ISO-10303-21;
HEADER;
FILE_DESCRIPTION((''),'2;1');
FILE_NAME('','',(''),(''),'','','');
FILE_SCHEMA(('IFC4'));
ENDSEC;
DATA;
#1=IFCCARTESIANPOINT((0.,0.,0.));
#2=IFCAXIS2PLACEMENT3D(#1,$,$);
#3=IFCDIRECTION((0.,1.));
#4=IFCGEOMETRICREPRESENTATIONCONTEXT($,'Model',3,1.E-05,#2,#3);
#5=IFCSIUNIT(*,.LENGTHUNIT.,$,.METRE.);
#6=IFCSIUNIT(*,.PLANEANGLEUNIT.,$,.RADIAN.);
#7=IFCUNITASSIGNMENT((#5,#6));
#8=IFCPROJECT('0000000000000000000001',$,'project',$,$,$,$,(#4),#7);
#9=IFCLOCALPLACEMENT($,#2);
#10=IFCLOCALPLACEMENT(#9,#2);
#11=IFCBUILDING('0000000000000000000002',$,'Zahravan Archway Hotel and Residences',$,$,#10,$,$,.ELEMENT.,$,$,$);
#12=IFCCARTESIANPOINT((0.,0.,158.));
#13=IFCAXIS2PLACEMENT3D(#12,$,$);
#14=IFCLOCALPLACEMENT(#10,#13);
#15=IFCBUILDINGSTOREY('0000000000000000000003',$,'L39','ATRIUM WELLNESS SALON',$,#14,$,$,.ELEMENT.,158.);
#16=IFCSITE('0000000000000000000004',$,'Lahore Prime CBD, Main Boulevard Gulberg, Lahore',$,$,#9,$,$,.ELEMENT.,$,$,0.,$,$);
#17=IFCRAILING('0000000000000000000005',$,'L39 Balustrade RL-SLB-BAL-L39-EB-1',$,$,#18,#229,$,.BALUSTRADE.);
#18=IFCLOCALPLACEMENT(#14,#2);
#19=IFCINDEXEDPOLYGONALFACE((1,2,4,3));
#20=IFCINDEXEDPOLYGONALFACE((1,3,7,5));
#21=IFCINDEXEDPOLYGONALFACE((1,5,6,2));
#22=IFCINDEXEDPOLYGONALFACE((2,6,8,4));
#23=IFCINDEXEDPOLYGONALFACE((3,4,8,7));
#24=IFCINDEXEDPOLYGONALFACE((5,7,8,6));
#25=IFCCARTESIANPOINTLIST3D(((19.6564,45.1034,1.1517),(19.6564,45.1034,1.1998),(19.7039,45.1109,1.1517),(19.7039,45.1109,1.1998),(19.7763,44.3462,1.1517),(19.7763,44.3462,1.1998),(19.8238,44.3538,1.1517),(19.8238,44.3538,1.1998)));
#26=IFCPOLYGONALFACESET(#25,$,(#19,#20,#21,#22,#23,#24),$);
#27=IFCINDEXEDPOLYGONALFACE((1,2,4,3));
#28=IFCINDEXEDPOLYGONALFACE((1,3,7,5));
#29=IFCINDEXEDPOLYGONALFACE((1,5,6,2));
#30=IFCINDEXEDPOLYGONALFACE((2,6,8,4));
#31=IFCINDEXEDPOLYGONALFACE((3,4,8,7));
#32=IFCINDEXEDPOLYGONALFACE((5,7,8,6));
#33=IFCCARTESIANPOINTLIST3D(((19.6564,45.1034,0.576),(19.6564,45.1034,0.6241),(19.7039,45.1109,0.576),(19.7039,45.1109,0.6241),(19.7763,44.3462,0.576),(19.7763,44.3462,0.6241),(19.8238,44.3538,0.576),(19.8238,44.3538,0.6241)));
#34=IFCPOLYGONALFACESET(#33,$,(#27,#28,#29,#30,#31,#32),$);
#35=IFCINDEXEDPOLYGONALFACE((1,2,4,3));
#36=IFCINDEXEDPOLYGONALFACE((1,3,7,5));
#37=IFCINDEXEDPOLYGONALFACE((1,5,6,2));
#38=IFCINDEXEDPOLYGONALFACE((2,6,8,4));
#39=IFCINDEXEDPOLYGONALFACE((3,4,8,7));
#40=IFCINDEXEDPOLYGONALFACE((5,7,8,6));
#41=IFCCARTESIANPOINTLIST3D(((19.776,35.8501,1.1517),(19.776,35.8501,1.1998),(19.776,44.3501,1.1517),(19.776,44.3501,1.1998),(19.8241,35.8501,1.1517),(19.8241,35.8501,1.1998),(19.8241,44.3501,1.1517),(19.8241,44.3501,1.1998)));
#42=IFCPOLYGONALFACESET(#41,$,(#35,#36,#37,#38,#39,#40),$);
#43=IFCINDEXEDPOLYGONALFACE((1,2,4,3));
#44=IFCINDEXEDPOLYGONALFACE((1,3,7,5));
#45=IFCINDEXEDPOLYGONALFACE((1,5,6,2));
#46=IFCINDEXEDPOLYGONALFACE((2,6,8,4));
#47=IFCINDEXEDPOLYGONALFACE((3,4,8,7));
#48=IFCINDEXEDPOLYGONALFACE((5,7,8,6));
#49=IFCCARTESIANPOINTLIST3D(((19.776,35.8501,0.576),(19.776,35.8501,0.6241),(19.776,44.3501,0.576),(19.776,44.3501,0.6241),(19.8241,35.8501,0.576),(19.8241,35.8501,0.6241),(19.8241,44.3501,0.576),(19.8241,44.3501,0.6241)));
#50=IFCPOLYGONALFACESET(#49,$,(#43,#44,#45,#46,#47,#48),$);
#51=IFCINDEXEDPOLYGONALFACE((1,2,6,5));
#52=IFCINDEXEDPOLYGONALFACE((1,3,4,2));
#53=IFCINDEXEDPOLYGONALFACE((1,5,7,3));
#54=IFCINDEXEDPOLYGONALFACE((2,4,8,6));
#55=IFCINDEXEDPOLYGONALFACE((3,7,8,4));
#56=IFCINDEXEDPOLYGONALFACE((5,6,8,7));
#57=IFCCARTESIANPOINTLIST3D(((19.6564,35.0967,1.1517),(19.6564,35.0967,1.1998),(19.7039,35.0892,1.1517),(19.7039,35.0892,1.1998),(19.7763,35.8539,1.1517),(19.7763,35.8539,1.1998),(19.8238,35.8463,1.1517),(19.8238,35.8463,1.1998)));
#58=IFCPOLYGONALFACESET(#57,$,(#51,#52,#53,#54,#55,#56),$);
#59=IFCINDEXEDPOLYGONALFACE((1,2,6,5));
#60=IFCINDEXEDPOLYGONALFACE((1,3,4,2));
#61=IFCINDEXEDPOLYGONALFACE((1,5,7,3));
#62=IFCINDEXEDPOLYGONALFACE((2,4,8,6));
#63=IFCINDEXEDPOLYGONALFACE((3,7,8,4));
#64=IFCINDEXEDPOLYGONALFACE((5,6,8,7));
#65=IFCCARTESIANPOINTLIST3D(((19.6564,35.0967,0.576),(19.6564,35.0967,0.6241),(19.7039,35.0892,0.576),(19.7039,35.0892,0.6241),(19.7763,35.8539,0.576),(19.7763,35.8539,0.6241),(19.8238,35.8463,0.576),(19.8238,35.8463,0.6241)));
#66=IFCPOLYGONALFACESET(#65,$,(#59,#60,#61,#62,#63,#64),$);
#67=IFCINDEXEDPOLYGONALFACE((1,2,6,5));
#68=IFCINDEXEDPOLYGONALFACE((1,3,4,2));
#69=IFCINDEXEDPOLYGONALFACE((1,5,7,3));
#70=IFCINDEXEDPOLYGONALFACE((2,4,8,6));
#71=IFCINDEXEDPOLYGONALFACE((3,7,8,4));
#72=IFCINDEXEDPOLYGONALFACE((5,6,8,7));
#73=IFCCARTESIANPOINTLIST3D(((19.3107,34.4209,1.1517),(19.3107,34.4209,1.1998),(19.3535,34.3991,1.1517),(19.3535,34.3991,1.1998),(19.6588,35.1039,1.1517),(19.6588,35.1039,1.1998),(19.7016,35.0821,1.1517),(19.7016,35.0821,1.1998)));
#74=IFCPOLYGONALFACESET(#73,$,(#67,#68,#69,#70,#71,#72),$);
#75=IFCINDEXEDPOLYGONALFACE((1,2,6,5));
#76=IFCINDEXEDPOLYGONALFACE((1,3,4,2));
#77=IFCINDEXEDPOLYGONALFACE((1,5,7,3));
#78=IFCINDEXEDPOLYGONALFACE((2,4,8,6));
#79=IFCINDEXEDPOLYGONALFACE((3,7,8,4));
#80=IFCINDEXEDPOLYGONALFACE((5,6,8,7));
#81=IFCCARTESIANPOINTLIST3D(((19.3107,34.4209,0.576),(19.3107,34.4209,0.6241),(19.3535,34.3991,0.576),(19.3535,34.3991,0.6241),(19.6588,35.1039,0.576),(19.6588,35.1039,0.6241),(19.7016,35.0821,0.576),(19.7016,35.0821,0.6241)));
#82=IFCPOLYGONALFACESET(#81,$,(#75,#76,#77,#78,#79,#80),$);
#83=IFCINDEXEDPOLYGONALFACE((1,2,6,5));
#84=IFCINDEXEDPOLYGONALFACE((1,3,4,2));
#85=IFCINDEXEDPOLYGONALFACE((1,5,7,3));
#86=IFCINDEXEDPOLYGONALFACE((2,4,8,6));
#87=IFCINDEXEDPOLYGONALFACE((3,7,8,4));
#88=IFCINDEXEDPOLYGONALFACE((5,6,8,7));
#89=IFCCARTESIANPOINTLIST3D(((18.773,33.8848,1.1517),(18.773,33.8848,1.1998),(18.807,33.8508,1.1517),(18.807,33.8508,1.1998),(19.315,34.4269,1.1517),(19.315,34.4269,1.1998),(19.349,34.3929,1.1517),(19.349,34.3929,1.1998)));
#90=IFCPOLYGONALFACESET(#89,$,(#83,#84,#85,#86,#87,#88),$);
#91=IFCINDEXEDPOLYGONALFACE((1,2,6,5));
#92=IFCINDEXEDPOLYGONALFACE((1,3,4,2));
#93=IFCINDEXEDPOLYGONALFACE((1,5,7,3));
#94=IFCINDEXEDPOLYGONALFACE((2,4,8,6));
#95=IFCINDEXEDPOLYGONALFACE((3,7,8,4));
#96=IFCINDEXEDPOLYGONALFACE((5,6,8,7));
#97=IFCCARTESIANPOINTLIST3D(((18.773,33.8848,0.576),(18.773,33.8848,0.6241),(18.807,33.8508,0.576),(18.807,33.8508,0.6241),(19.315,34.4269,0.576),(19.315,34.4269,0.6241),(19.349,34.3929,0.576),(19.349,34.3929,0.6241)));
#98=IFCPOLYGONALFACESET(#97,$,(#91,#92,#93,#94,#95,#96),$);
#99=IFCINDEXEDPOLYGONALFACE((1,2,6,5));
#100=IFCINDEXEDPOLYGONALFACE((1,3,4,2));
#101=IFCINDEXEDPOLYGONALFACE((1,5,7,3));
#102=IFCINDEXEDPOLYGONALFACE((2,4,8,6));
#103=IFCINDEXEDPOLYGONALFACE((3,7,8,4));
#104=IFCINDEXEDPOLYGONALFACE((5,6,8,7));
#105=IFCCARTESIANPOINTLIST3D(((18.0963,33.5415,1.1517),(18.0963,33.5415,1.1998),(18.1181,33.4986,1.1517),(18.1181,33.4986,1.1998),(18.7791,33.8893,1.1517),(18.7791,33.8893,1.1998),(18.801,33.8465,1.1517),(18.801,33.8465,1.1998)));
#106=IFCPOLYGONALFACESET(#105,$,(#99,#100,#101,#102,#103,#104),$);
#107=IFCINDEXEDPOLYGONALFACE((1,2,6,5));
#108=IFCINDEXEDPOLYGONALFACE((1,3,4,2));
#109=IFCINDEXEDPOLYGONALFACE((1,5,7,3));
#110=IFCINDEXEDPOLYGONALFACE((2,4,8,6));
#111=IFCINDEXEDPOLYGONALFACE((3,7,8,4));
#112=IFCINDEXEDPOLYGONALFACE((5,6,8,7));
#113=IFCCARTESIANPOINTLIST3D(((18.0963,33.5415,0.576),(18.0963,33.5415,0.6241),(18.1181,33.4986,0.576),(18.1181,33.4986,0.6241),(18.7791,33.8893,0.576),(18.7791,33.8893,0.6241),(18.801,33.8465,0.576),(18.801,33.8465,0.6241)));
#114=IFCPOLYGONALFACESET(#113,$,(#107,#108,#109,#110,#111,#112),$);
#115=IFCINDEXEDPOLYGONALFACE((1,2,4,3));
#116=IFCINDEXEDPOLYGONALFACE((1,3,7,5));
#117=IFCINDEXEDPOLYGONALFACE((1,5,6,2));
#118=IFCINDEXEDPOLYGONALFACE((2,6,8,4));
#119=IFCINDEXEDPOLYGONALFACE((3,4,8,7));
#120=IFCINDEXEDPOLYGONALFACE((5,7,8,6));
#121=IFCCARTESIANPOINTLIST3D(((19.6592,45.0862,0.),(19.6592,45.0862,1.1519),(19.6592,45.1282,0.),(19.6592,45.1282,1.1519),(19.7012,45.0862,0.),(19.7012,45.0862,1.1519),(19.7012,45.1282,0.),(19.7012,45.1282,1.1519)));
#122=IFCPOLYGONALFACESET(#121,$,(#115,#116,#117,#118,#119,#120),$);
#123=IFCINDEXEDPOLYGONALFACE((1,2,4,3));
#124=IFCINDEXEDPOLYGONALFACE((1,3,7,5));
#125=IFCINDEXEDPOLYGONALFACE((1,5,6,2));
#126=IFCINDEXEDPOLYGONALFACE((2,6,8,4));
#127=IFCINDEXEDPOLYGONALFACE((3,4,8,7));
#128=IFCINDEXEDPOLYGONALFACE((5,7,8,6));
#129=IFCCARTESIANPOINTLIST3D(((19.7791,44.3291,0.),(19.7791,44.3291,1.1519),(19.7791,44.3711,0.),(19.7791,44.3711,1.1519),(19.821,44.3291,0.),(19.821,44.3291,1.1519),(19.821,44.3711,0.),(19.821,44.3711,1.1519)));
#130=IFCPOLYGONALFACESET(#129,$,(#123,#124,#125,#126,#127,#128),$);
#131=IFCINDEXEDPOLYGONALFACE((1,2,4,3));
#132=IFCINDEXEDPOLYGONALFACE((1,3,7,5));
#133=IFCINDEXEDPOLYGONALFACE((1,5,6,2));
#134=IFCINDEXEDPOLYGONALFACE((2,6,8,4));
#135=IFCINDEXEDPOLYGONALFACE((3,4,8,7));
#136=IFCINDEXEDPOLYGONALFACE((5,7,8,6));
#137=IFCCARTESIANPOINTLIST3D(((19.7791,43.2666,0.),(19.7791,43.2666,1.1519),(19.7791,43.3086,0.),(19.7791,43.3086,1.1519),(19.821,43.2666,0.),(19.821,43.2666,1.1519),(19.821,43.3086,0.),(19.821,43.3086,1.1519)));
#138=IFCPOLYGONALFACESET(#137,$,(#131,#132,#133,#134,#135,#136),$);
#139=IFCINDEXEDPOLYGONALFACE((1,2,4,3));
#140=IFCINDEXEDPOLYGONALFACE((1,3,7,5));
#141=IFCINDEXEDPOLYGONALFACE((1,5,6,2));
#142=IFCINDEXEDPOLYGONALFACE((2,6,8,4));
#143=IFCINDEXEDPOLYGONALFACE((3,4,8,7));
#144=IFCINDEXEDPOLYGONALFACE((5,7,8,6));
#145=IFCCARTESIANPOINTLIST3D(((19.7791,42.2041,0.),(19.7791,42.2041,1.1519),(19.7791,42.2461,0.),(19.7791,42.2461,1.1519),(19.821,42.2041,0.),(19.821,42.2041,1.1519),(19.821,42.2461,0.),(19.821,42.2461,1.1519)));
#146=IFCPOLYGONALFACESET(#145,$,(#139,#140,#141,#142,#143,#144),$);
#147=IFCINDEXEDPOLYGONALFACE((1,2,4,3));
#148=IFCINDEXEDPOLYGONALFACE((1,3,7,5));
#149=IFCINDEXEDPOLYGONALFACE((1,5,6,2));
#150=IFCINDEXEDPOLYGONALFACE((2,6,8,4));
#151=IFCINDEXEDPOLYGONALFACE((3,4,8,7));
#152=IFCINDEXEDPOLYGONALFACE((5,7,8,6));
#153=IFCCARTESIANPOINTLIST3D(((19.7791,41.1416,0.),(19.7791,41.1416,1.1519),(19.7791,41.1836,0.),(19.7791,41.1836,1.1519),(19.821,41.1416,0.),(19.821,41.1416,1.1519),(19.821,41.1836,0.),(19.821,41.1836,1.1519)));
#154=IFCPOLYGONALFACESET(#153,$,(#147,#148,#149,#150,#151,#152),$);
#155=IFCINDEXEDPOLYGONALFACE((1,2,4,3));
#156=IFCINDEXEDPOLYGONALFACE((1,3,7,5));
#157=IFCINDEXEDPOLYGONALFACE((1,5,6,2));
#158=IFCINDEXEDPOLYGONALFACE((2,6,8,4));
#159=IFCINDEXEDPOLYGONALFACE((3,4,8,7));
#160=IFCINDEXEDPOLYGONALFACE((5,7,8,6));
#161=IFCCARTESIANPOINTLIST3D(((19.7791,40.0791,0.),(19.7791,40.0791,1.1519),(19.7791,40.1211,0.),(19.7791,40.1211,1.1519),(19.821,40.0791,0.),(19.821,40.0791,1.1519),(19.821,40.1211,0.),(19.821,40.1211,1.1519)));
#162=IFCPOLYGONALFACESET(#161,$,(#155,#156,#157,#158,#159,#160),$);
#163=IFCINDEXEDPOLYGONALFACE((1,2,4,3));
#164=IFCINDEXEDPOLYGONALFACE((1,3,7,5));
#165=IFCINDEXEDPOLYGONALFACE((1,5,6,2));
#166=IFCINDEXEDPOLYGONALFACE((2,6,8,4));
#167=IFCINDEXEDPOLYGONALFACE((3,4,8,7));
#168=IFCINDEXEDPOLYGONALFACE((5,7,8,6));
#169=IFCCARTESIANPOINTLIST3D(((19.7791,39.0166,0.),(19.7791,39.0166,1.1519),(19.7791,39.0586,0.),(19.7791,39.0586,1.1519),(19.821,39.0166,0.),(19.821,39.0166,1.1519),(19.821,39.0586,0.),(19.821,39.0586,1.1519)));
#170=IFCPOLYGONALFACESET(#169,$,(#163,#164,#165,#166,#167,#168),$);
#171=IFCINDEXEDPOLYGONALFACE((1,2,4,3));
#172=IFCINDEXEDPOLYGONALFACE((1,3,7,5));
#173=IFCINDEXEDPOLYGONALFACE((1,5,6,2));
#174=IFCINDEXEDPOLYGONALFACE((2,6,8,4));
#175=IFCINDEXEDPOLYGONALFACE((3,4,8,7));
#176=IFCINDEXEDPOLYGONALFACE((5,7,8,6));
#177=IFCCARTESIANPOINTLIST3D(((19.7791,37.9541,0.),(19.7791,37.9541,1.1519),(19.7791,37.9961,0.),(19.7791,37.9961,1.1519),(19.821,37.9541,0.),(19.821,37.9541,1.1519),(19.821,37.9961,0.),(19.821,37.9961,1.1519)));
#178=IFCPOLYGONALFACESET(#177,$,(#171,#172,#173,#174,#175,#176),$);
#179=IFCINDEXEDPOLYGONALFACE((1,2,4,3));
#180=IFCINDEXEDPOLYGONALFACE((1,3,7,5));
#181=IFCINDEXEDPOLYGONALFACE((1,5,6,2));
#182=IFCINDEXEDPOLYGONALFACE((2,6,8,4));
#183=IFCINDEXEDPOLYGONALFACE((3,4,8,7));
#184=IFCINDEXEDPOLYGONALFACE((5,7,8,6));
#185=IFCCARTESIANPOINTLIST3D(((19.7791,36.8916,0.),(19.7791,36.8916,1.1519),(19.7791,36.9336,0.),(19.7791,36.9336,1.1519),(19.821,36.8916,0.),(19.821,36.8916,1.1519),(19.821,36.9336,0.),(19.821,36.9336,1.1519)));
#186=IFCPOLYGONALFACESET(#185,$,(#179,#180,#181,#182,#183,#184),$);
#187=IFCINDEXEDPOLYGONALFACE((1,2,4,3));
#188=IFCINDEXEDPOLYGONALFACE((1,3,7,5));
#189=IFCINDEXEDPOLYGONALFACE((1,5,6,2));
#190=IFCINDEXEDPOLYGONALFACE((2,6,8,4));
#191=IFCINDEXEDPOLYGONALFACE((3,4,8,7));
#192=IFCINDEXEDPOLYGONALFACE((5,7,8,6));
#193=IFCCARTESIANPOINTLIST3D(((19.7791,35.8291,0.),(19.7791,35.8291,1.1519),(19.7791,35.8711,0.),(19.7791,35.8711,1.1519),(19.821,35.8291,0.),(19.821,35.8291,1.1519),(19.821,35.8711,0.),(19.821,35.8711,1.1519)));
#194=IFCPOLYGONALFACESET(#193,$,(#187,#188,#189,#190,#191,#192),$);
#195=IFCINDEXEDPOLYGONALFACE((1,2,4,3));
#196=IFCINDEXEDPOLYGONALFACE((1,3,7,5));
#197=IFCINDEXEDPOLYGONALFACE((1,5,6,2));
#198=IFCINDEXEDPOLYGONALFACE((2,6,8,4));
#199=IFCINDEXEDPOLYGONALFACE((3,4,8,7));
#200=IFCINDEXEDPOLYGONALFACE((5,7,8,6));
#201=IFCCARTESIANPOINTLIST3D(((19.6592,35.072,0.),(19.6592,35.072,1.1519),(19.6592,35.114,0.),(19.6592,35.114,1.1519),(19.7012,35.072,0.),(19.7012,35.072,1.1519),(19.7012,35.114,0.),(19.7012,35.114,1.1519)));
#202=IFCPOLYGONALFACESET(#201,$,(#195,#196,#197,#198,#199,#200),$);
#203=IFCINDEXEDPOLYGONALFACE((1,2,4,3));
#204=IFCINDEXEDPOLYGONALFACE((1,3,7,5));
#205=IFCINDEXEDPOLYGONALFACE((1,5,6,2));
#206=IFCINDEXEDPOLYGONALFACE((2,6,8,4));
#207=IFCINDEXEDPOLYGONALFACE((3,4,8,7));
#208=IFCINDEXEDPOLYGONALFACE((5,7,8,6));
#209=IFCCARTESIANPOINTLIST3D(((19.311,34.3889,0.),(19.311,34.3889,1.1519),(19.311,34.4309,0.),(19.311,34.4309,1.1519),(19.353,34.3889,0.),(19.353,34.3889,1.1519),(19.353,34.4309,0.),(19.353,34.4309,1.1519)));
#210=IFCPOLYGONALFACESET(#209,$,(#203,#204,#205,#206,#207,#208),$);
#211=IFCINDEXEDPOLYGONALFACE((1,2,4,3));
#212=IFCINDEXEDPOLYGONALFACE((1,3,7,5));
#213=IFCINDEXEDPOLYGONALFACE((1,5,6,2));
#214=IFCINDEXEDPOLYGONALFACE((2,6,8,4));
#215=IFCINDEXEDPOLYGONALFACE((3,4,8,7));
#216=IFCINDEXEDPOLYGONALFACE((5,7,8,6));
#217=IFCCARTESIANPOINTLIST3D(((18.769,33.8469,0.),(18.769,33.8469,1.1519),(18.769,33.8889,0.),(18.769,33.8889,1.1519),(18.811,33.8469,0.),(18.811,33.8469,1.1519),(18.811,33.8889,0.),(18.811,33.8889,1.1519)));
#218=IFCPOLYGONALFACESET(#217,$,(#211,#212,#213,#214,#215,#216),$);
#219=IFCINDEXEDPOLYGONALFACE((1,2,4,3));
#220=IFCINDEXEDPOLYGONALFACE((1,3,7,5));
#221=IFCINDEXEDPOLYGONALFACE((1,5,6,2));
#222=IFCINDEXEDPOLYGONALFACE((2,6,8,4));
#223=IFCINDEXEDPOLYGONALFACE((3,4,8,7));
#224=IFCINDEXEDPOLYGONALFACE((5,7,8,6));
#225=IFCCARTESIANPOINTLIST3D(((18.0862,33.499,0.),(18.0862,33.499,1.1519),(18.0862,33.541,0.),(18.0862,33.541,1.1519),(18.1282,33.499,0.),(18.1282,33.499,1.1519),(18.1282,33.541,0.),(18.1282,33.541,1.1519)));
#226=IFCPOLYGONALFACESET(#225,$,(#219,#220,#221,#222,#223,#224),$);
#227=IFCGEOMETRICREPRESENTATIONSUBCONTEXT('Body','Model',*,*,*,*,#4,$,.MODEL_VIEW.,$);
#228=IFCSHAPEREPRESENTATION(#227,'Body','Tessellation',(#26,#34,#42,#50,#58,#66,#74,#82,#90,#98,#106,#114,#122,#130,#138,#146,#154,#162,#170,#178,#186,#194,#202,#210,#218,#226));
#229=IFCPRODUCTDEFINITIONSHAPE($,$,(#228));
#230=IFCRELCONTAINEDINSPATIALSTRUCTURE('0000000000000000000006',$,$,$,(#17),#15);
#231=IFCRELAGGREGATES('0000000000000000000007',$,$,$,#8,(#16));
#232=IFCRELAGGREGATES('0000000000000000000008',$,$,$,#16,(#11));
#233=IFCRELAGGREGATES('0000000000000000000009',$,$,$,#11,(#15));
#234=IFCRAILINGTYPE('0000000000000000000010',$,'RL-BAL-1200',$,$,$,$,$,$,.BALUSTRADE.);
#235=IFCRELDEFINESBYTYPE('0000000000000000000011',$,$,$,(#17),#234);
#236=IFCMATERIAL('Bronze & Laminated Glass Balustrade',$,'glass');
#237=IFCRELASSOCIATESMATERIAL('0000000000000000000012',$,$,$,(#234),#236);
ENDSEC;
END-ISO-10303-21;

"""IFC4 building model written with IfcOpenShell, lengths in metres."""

from ifc_helpers import new_model, si_unit, direction, frame, origin, origin_2d, place, context, subcontext, project, spatial, rectangle, extrude, material, type_object, element, save


model = new_model("IFC4")

# Units and contexts
model_context = context("Model", 3, precision=1e-05, world=origin(), true_north=direction((0.0, 1.0)))
body_context = subcontext(model_context, "Body", "Model", "MODEL_VIEW")
ifc_project = project(units=[si_unit("LENGTHUNIT", "METRE"), si_unit("PLANEANGLEUNIT", "RADIAN")], contexts=[model_context])

# Site, building, storey
site_placement = place(None, origin())
site = spatial("IfcSite", under=ifc_project, at=site_placement, Name="Lahore Prime CBD, Main Boulevard Gulberg, Lahore", CompositionType="ELEMENT", RefElevation=0.0)
building_placement = place(site_placement, origin())
building = spatial("IfcBuilding", under=site, at=building_placement, Name="Zahravan Archway Hotel and Residences", CompositionType="ELEMENT")
storey_placement = place(building_placement, frame((0.0, 0.0, 158.0)))
storey = spatial("IfcBuildingStorey", under=building, at=storey_placement, Name="L39", Description="ATRIUM WELLNESS SALON", CompositionType="ELEMENT", Elevation=158.0)

# Railing
ifc_material_1 = material(Name="Bronze & Laminated Glass Balustrade", Category="glass")
railing_type = type_object("IfcRailingType", Name="RL-BAL-1200", PredefinedType="BALUSTRADE", material=ifc_material_1)
railing_placement = place(storey_placement, frame((19.6802, 45.1072, 0.0)))
element("IfcRailing", 1, at=railing_placement, inside=storey, type_object=railing_type, Name="L39 Balustrade RL-SLB-BAL-L39-EB-1", PredefinedType="BALUSTRADE", context=body_context, shape_type="SweptSolid", body=[
    extrude(rectangle(XDim=0.0481, YDim=0.0481, at=origin_2d()), frame((0.0, 0.0, 1.1758), z_axis=(0.156388, -0.987696, 0.0), x_axis=(0.987696, 0.156388, 0.0)), (0.0, 0.0, 1.0), 0.7666),
    extrude(rectangle(XDim=0.0481, YDim=0.0481, at=origin_2d()), frame((0.0, 0.0, 0.6001), z_axis=(0.156388, -0.987696, 0.0), x_axis=(0.987696, 0.156388, 0.0)), (0.0, 0.0, 1.0), 0.7666),
    extrude(rectangle(XDim=0.0481, YDim=0.0481, at=origin_2d()), frame((0.1199, -0.7571, 1.1758), z_axis=(0.0, -1.0, 0.0), x_axis=(1.0, 0.0, 0.0)), (0.0, 0.0, 1.0), 8.5),
    extrude(rectangle(XDim=0.0481, YDim=0.0481, at=origin_2d()), frame((0.1199, -0.7571, 0.6001), z_axis=(0.0, -1.0, 0.0), x_axis=(1.0, 0.0, 0.0)), (0.0, 0.0, 1.0), 8.5),
    extrude(rectangle(XDim=0.0481, YDim=0.0481, at=origin_2d()), frame((0.1199, -9.2571, 1.1758), z_axis=(-0.156388, -0.987696, 0.0), x_axis=(0.987696, -0.156388, 0.0)), (0.0, 0.0, 1.0), 0.7666),
    extrude(rectangle(XDim=0.0481, YDim=0.0481, at=origin_2d()), frame((0.1199, -9.2571, 0.6001), z_axis=(-0.156388, -0.987696, 0.0), x_axis=(0.987696, -0.156388, 0.0)), (0.0, 0.0, 1.0), 0.7666),
    extrude(rectangle(XDim=0.0481, YDim=0.0481, at=origin_2d()), frame((0.0, -10.0142, 1.1758), z_axis=(-0.454078, -0.890962, 0.0), x_axis=(0.890962, -0.454078, 0.0)), (0.0, 0.0, 1.0), 0.7666),
    extrude(rectangle(XDim=0.0481, YDim=0.0481, at=origin_2d()), frame((0.0, -10.0142, 0.6001), z_axis=(-0.454078, -0.890962, 0.0), x_axis=(0.890962, -0.454078, 0.0)), (0.0, 0.0, 1.0), 0.7666),
    extrude(rectangle(XDim=0.0481, YDim=0.0481, at=origin_2d()), frame((-0.3481, -10.6973, 1.1758), z_axis=(-0.707107, -0.707107, 0.0), x_axis=(0.707107, -0.707107, 0.0)), (0.0, 0.0, 1.0), 0.7666),
    extrude(rectangle(XDim=0.0481, YDim=0.0481, at=origin_2d()), frame((-0.3481, -10.6973, 0.6001), z_axis=(-0.707107, -0.707107, 0.0), x_axis=(0.707107, -0.707107, 0.0)), (0.0, 0.0, 1.0), 0.7666),
    extrude(rectangle(XDim=0.0481, YDim=0.0481, at=origin_2d()), frame((-0.8901, -11.2393, 1.1758), z_axis=(-0.891025, -0.453954, 0.0), x_axis=(0.453954, -0.891025, 0.0)), (0.0, 0.0, 1.0), 0.7664),
    extrude(rectangle(XDim=0.0481, YDim=0.0481, at=origin_2d()), frame((-0.8901, -11.2393, 0.6001), z_axis=(-0.891025, -0.453954, 0.0), x_axis=(0.453954, -0.891025, 0.0)), (0.0, 0.0, 1.0), 0.7664),
    extrude(rectangle(XDim=0.042, YDim=0.042, at=origin_2d()), origin(), (0.0, 0.0, 1.0), 1.1519),
    extrude(rectangle(XDim=0.042, YDim=0.042, at=origin_2d()), frame((0.1199, -0.7571, 0.0)), (0.0, 0.0, 1.0), 1.1519),
    extrude(rectangle(XDim=0.042, YDim=0.042, at=origin_2d()), frame((0.1199, -1.8196, 0.0)), (0.0, 0.0, 1.0), 1.1519),
    extrude(rectangle(XDim=0.042, YDim=0.042, at=origin_2d()), frame((0.1199, -2.8821, 0.0)), (0.0, 0.0, 1.0), 1.1519),
    extrude(rectangle(XDim=0.042, YDim=0.042, at=origin_2d()), frame((0.1199, -3.9446, 0.0)), (0.0, 0.0, 1.0), 1.1519),
    extrude(rectangle(XDim=0.042, YDim=0.042, at=origin_2d()), frame((0.1199, -5.0071, 0.0)), (0.0, 0.0, 1.0), 1.1519),
    extrude(rectangle(XDim=0.042, YDim=0.042, at=origin_2d()), frame((0.1199, -6.0696, 0.0)), (0.0, 0.0, 1.0), 1.1519),
    extrude(rectangle(XDim=0.042, YDim=0.042, at=origin_2d()), frame((0.1199, -7.1321, 0.0)), (0.0, 0.0, 1.0), 1.1519),
    extrude(rectangle(XDim=0.042, YDim=0.042, at=origin_2d()), frame((0.1199, -8.1946, 0.0)), (0.0, 0.0, 1.0), 1.1519),
    extrude(rectangle(XDim=0.042, YDim=0.042, at=origin_2d()), frame((0.1199, -9.2571, 0.0)), (0.0, 0.0, 1.0), 1.1519),
    extrude(rectangle(XDim=0.042, YDim=0.042, at=origin_2d()), frame((0.0, -10.0142, 0.0)), (0.0, 0.0, 1.0), 1.1519),
    extrude(rectangle(XDim=0.042, YDim=0.042, at=origin_2d()), frame((-0.3481, -10.6973, 0.0)), (0.0, 0.0, 1.0), 1.1519),
    extrude(rectangle(XDim=0.042, YDim=0.042, at=origin_2d()), frame((-0.8901, -11.2393, 0.0)), (0.0, 0.0, 1.0), 1.1519),
    extrude(rectangle(XDim=0.042, YDim=0.042, at=origin_2d()), frame((-1.573, -11.5872, 0.0)), (0.0, 0.0, 1.0), 1.1519),
])

save(model, "model.ifc")
